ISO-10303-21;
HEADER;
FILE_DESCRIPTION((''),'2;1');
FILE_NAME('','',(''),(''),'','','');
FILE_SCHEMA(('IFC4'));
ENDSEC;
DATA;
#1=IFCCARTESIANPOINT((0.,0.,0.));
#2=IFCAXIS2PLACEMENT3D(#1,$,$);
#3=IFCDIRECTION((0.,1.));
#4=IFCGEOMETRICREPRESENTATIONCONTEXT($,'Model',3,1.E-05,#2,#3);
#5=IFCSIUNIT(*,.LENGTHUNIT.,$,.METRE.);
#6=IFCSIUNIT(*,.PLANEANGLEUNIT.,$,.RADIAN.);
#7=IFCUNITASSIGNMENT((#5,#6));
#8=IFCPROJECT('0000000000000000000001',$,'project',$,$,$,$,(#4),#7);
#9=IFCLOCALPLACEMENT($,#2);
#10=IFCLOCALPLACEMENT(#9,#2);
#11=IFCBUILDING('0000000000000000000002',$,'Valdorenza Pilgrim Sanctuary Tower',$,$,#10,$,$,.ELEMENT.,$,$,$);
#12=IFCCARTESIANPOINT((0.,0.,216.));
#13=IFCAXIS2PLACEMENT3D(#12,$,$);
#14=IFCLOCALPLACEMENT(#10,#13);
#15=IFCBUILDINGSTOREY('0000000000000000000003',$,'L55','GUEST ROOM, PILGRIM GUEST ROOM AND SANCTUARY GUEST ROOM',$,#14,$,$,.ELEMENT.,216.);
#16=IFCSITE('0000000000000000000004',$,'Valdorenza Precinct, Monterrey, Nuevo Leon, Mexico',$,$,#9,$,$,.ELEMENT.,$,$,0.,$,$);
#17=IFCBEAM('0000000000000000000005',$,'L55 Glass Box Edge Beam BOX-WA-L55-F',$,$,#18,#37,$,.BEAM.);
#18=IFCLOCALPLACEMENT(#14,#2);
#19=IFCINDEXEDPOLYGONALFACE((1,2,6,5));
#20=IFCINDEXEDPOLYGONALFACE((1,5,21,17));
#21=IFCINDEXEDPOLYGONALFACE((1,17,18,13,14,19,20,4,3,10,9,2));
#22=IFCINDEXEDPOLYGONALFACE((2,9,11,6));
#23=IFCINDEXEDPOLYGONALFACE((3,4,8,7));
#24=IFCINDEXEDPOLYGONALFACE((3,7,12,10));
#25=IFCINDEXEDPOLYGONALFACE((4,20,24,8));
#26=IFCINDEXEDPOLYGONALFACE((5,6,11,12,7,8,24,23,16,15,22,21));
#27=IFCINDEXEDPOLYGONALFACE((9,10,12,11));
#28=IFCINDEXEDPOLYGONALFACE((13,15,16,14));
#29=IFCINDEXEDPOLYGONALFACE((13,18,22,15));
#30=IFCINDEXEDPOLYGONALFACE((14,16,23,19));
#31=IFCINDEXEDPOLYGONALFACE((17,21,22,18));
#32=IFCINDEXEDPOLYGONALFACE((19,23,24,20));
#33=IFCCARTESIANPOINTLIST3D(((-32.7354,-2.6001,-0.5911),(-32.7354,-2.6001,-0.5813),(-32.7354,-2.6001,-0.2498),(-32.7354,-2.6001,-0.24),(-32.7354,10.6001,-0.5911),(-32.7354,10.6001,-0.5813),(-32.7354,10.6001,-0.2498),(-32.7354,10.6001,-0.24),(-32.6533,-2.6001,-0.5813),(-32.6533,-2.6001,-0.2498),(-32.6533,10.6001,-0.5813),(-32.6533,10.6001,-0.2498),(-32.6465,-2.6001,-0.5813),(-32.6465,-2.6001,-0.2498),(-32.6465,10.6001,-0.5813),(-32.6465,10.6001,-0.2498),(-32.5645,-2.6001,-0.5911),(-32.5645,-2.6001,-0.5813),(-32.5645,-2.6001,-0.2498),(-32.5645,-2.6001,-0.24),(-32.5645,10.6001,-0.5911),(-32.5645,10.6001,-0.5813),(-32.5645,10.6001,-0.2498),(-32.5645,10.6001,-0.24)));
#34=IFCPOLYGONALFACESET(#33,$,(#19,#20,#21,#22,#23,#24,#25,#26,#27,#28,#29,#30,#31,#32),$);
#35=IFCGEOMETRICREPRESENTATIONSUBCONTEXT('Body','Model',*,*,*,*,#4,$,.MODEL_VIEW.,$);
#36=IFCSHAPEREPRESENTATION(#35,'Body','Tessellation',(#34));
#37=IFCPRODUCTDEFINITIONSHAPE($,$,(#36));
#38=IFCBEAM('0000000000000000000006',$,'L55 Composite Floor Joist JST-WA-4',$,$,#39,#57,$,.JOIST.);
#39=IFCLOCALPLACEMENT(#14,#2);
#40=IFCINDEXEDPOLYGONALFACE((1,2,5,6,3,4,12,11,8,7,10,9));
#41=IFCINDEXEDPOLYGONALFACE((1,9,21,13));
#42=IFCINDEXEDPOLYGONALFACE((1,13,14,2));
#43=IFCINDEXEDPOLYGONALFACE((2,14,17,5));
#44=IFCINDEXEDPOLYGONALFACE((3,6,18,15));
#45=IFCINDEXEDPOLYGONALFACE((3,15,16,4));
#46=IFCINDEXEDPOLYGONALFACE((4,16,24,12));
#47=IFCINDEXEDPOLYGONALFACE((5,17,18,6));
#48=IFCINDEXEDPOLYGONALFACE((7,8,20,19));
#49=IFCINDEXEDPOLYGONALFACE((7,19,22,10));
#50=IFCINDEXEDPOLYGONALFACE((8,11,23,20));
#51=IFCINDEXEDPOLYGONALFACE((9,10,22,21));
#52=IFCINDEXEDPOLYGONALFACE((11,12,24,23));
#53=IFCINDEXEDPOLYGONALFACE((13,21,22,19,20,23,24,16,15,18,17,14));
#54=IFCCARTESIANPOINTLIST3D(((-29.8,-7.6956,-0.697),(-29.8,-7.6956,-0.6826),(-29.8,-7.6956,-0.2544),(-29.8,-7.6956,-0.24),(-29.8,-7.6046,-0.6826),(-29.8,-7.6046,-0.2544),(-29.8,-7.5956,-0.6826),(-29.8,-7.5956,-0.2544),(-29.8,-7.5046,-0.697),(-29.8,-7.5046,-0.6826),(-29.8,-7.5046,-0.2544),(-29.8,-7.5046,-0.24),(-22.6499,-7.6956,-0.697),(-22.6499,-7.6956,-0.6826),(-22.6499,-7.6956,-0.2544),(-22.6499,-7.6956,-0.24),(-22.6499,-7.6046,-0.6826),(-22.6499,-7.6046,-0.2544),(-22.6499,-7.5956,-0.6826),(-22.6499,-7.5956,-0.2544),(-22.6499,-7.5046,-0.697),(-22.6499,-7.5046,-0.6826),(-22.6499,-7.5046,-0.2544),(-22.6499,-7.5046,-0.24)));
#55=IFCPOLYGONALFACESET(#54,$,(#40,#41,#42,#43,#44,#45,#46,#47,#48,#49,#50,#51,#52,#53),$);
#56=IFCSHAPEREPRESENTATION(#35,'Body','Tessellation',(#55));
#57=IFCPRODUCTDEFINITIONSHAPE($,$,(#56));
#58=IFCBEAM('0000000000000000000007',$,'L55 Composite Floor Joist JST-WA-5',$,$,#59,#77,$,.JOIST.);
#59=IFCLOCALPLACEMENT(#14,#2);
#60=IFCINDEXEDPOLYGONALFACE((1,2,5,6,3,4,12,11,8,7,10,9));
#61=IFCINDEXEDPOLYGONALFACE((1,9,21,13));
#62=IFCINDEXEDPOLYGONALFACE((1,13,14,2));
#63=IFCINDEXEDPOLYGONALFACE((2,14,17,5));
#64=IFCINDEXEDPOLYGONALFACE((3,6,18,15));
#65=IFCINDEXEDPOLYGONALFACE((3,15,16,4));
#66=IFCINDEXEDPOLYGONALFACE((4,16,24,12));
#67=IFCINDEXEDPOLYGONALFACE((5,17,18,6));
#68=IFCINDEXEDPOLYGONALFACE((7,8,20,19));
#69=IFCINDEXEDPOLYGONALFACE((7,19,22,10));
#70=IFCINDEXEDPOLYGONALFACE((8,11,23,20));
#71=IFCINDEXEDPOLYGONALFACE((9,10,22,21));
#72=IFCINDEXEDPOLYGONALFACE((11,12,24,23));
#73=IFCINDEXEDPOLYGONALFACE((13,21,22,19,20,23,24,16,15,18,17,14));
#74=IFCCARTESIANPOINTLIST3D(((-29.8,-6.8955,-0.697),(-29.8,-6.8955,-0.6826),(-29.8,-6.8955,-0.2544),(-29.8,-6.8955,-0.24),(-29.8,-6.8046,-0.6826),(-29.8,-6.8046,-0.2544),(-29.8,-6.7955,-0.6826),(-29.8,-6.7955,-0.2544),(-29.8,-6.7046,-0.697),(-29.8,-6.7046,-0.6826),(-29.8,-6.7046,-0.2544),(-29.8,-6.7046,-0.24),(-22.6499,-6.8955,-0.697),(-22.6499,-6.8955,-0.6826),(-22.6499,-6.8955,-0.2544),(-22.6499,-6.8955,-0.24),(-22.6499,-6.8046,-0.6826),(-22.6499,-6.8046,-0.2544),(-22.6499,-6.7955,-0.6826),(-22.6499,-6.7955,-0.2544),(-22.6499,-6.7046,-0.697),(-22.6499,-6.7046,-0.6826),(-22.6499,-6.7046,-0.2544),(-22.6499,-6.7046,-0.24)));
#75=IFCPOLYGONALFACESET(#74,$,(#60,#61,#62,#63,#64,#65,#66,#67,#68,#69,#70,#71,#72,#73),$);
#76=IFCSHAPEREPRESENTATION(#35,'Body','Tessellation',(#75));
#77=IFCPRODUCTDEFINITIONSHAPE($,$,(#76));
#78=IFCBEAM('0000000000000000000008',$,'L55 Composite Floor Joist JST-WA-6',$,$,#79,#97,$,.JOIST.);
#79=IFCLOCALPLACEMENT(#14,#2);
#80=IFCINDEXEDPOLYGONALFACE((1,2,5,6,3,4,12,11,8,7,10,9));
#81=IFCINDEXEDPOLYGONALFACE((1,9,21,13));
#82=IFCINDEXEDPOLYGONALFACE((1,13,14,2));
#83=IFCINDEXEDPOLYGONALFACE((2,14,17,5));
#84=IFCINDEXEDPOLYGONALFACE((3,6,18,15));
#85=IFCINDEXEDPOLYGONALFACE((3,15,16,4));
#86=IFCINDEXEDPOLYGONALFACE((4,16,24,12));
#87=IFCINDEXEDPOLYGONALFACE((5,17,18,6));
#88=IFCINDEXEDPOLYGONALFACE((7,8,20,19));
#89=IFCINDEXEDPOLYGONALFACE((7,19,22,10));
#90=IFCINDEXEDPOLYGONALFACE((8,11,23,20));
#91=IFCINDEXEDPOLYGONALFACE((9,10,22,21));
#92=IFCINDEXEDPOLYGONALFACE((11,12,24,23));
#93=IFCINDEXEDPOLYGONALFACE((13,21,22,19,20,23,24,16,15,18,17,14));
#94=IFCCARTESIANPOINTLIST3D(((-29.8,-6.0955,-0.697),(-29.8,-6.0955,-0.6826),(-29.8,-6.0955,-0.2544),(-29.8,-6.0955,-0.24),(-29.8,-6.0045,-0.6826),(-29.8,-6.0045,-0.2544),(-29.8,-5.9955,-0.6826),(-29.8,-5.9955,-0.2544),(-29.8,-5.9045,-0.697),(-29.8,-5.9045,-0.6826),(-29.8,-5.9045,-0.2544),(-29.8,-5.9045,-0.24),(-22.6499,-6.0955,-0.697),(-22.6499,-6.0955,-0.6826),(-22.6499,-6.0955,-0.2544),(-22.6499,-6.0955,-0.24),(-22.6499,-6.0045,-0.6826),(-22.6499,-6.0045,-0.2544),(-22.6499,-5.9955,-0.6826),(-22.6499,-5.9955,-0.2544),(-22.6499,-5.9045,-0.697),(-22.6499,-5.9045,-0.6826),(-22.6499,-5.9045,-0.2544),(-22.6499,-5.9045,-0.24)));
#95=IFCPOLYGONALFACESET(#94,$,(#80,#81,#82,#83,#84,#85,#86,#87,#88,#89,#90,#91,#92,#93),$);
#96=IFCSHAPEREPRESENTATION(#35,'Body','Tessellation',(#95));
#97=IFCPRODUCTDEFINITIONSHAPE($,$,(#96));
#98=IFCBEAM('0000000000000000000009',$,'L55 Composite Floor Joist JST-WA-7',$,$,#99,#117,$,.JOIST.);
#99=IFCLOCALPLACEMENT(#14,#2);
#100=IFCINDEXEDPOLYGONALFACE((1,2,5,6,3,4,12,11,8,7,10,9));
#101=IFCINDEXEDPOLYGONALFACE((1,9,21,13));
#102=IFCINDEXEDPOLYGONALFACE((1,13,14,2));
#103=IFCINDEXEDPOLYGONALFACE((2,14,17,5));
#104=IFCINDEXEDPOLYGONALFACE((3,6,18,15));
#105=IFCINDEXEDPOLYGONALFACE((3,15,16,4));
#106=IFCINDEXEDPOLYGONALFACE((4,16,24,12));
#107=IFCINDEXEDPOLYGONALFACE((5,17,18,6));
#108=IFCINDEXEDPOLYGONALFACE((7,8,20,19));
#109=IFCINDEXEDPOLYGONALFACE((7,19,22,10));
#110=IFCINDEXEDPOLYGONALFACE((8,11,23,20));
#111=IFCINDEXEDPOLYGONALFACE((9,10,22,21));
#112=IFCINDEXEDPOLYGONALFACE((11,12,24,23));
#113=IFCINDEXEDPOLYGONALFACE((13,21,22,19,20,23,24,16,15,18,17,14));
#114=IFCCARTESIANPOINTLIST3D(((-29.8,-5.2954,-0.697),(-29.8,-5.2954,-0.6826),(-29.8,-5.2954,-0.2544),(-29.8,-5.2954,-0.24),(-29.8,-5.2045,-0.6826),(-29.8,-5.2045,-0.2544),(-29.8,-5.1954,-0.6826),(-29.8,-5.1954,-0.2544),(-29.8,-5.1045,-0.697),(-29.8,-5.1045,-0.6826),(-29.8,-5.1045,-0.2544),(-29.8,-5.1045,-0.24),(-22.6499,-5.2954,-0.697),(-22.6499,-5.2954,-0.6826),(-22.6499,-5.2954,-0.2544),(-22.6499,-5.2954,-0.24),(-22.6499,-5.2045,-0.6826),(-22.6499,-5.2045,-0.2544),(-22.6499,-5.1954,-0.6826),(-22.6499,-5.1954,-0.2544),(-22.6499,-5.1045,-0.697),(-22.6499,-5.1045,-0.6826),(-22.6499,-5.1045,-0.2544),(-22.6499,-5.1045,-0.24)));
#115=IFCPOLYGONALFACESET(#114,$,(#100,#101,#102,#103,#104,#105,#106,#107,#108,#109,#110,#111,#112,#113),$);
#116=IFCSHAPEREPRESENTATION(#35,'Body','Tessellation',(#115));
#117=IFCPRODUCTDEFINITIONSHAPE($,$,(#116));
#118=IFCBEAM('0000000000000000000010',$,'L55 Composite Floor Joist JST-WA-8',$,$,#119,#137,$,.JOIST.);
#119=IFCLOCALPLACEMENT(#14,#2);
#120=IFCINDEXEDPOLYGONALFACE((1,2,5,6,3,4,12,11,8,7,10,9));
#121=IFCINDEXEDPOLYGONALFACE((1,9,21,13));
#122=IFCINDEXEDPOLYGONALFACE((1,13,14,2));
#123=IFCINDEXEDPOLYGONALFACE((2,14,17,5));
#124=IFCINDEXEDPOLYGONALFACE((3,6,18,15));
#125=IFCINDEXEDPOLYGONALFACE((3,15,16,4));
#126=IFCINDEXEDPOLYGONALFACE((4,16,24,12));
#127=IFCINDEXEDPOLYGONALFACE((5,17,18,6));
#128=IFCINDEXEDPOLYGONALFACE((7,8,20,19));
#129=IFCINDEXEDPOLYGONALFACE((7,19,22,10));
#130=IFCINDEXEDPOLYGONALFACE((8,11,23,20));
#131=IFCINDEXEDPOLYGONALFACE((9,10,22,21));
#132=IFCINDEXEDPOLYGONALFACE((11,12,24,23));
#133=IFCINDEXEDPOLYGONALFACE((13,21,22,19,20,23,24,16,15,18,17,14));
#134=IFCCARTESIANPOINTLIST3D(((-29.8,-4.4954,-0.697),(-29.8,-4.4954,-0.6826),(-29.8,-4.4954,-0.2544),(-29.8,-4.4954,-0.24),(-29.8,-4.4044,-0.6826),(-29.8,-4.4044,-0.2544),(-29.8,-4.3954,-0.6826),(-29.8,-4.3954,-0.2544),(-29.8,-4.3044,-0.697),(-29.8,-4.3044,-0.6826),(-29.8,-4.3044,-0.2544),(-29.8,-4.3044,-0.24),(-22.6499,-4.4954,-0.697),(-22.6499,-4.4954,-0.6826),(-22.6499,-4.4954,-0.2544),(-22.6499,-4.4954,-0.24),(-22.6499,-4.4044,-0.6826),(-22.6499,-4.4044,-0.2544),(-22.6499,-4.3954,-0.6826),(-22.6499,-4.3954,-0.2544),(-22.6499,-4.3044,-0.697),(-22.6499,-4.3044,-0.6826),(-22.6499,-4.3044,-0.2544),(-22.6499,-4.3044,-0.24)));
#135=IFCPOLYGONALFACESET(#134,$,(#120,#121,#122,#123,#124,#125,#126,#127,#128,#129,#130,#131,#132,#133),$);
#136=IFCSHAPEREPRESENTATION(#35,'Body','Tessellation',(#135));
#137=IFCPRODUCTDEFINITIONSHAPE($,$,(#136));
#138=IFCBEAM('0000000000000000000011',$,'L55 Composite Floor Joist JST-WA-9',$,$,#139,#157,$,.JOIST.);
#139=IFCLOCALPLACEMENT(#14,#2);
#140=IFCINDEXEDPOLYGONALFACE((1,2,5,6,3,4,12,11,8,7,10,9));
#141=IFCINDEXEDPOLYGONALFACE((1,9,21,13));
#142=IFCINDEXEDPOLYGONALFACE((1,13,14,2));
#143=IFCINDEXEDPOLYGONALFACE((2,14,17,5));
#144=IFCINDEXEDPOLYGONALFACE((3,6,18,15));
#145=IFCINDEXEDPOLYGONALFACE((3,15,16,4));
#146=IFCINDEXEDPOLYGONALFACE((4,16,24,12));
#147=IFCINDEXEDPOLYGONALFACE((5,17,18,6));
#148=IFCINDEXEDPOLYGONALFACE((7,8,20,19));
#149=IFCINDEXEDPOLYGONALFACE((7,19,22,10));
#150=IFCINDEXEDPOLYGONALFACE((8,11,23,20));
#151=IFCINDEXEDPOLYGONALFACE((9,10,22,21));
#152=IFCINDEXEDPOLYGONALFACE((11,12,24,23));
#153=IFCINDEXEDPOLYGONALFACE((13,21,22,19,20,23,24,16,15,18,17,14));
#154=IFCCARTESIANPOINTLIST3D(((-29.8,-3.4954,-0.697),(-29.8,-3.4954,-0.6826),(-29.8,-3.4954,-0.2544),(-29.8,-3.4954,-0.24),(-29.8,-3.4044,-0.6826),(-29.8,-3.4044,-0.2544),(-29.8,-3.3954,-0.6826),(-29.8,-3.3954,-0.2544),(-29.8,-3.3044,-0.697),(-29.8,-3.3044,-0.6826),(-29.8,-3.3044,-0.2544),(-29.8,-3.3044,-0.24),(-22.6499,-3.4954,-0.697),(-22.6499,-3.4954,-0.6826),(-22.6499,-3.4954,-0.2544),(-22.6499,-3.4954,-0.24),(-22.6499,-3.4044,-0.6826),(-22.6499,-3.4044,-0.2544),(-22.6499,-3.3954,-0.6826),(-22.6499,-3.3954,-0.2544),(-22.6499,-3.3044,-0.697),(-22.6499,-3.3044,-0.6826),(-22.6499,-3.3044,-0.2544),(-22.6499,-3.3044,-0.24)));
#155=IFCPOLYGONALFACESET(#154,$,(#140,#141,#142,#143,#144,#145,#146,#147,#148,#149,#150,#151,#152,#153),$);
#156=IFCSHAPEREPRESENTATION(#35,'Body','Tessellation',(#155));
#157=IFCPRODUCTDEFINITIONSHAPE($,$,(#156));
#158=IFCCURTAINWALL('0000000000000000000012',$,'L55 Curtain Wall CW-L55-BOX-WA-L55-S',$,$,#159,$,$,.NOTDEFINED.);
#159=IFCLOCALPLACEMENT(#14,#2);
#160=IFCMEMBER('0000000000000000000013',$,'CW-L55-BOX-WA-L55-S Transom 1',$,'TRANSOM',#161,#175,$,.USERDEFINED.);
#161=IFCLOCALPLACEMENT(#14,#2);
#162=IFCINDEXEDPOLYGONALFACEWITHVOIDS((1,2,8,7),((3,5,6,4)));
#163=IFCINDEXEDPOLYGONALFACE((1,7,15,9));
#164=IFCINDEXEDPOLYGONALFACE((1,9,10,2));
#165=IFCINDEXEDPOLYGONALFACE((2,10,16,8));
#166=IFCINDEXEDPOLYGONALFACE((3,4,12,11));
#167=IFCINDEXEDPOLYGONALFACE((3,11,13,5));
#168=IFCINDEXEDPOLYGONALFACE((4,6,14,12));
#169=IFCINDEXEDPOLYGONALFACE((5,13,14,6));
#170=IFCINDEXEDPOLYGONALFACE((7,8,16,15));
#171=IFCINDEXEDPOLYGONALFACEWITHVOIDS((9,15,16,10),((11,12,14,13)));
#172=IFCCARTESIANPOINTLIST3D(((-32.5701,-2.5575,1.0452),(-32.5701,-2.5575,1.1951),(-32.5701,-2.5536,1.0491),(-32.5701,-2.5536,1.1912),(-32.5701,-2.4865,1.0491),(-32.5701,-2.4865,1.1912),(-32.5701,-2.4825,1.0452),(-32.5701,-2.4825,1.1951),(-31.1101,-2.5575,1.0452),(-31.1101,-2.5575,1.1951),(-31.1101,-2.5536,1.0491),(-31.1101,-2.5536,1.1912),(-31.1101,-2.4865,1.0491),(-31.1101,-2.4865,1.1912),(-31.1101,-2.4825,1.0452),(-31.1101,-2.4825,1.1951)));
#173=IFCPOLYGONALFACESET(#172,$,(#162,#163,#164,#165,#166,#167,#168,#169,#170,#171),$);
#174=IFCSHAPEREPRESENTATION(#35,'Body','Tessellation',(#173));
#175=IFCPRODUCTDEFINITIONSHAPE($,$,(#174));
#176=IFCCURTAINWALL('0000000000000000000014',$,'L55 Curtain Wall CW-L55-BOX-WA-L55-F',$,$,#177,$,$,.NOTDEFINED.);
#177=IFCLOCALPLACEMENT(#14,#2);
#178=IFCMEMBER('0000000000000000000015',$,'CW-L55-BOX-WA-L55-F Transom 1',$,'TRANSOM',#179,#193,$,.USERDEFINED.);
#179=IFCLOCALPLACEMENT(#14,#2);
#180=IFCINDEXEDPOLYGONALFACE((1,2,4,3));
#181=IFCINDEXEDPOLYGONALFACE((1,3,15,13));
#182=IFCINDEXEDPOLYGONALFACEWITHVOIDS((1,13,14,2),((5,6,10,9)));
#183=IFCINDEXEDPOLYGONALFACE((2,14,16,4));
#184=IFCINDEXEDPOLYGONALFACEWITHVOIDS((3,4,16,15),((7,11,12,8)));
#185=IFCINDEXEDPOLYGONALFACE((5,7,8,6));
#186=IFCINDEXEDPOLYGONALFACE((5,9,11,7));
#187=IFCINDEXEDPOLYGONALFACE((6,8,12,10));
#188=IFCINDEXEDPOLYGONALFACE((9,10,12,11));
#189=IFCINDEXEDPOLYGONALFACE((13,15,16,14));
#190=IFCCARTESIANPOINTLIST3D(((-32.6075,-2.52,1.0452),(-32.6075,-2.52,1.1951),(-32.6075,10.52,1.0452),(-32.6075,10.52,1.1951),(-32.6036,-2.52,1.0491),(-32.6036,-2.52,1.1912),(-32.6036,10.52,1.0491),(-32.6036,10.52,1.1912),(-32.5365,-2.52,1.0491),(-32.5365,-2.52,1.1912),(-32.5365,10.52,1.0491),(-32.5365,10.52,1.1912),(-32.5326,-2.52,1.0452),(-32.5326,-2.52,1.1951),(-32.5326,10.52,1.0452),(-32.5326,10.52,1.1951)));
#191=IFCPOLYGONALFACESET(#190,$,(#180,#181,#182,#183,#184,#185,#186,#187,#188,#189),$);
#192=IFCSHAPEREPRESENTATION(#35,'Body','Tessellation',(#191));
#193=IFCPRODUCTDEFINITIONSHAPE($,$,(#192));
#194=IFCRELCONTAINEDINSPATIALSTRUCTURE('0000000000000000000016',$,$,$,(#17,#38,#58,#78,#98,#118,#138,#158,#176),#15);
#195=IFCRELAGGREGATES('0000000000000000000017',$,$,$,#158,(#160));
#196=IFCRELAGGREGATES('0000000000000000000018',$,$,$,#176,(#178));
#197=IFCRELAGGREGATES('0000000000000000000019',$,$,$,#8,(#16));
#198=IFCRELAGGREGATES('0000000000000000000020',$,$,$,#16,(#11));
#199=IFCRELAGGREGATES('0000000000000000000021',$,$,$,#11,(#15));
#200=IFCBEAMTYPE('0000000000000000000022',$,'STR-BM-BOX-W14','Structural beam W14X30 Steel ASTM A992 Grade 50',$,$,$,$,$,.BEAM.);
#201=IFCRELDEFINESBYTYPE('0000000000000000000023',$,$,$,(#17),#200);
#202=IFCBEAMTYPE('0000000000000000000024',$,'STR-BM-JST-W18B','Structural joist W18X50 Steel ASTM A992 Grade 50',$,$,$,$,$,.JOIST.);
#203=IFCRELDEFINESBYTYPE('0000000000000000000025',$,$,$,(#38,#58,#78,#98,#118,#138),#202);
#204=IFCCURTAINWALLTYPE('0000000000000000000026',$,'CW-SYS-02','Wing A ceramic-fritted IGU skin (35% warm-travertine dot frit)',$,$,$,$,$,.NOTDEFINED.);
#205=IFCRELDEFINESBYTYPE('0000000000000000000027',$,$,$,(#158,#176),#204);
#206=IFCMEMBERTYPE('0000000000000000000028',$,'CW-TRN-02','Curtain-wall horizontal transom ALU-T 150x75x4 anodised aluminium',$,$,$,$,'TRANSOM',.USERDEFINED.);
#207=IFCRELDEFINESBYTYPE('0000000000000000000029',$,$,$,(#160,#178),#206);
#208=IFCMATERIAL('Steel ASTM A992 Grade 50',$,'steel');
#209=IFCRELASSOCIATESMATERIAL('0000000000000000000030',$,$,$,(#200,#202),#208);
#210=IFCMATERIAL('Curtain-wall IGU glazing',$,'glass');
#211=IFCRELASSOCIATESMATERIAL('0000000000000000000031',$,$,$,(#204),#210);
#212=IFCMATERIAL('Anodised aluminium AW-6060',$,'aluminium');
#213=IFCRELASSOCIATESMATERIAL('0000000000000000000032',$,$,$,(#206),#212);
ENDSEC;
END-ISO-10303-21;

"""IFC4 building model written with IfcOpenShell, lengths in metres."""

from ifc_helpers import new_model, si_unit, direction, frame, origin, origin_2d, place, context, subcontext, project, spatial, hollow_rectangle, i_section, extrude, source, transform, mapped, material, material_profile, profile_set, type_object, element, aggregate, save


model = new_model("IFC4")

# Units and contexts
model_context = context("Model", 3, precision=1e-05, world=origin(), true_north=direction((0.0, 1.0)))
body_context = subcontext(model_context, "Body", "Model", "MODEL_VIEW")
ifc_project = project(units=[si_unit("LENGTHUNIT", "METRE"), si_unit("PLANEANGLEUNIT", "RADIAN")], contexts=[model_context])

# Site, building, storey
site_placement = place(None, origin())
site = spatial("IfcSite", under=ifc_project, at=site_placement, Name="Valdorenza Precinct, Monterrey, Nuevo Leon, Mexico", CompositionType="ELEMENT", RefElevation=0.0)
building_placement = place(site_placement, origin())
building = spatial("IfcBuilding", under=site, at=building_placement, Name="Valdorenza Pilgrim Sanctuary Tower", CompositionType="ELEMENT")
storey_placement = place(building_placement, frame((0.0, 0.0, 216.0)))
storey = spatial("IfcBuildingStorey", under=building, at=storey_placement, Name="L55", Description="GUEST ROOM, PILGRIM GUEST ROOM AND SANCTUARY GUEST ROOM", CompositionType="ELEMENT", Elevation=216.0)

# Beams
ifc_material_1 = material(Name="Steel ASTM A992 Grade 50", Category="steel")
ifc_material_profile_1 = material_profile(ifc_material_1, i_section(OverallWidth=0.1709, OverallDepth=0.3511, WebThickness=0.0068, FlangeThickness=0.0098, at=origin_2d()), Name="W14X30")
ifc_profile_set_1 = profile_set([ifc_material_profile_1], Name="Steel ASTM A992 Grade 50")
beam_type_1 = type_object("IfcBeamType", Name="STR-BM-BOX-W14", Description="Structural beam W14X30 Steel ASTM A992 Grade 50", PredefinedType="BEAM", material=ifc_profile_set_1)
shared_shape_1 = source(origin(), body_context, "Body", "SweptSolid", [
    extrude(i_section(OverallWidth=0.1709, OverallDepth=0.3511, WebThickness=0.0068, FlangeThickness=0.0098, at=origin_2d()), origin(), (0.0, 0.0, 1.0), 13.2002),
])
beam_placement = place(storey_placement, frame((-32.6499, -2.6001, -0.4155), z_axis=(0.0, 1.0, 0.0), x_axis=(-1.0, 0.0, 0.0)))
element("IfcBeam", 1, at=beam_placement, inside=storey, type_object=beam_type_1, Name="L55 Glass Box Edge Beam BOX-WA-L55-F", PredefinedType="BEAM", context=body_context, shape_type="MappedRepresentation", body=[
    mapped(shared_shape_1, transform((0.0, 0.0, 0.0), x_axis=(1.0, 0.0, 0.0), y_axis=(0.0, 1.0, 0.0), z_axis=(0.0, 0.0, 1.0), scale=1.0)),
])
ifc_material_profile_2 = material_profile(ifc_material_1, i_section(OverallWidth=0.1909, OverallDepth=0.457, WebThickness=0.009, FlangeThickness=0.0144, at=origin_2d()), Name="W18X50")
ifc_profile_set_2 = profile_set([ifc_material_profile_2], Name="Steel ASTM A992 Grade 50")
beam_type_2 = type_object("IfcBeamType", Name="STR-BM-JST-W18B", Description="Structural joist W18X50 Steel ASTM A992 Grade 50", PredefinedType="JOIST", material=ifc_profile_set_2)
shared_shape_2 = source(origin(), body_context, "Body", "SweptSolid", [
    extrude(i_section(OverallWidth=0.1909, OverallDepth=0.457, WebThickness=0.009, FlangeThickness=0.0144, at=origin_2d()), origin(), (0.0, 0.0, 1.0), 7.1501),
])
for number, where, z_axis, x_axis, name in (
    (2, (-29.8, -7.6001, -0.4685), (1.0, 0.0, 0.0), (0.0, 1.0, 0.0), "L55 Composite Floor Joist JST-WA-4"),
    (3, (-29.8, -6.8, -0.4685), (1.0, 0.0, 0.0), (0.0, 1.0, 0.0), "L55 Composite Floor Joist JST-WA-5"),
    (4, (-29.8, -6.0, -0.4685), (1.0, 0.0, 0.0), (0.0, 1.0, 0.0), "L55 Composite Floor Joist JST-WA-6"),
    (5, (-29.8, -5.2, -0.4685), (1.0, 0.0, 0.0), (0.0, 1.0, 0.0), "L55 Composite Floor Joist JST-WA-7"),
    (6, (-29.8, -4.3999, -0.4685), (1.0, 0.0, 0.0), (0.0, 1.0, 0.0), "L55 Composite Floor Joist JST-WA-8"),
    (7, (-29.8, -3.3999, -0.4685), (1.0, 0.0, 0.0), (0.0, 1.0, 0.0), "L55 Composite Floor Joist JST-WA-9"),
):
    element("IfcBeam", number, at=place(storey_placement, frame(where, z_axis=z_axis, x_axis=x_axis)), inside=storey, type_object=beam_type_2, Name=name, PredefinedType="JOIST", context=body_context, shape_type="MappedRepresentation", body=[
        mapped(shared_shape_2, transform((0.0, 0.0, 0.0), x_axis=(1.0, 0.0, 0.0), y_axis=(0.0, 1.0, 0.0), z_axis=(0.0, 0.0, 1.0), scale=1.0)),
    ])

# Curtain walls, members
ifc_material_2 = material(Name="Curtain-wall IGU glazing", Category="glass")
curtain_wall_type = type_object("IfcCurtainWallType", Name="CW-SYS-02", Description="Wing A ceramic-fritted IGU skin (35% warm-travertine dot frit)", PredefinedType="NOTDEFINED", material=ifc_material_2)
curtain_wall_1_placement = place(storey_placement, origin())
curtain_wall_1 = element("IfcCurtainWall", 8, at=curtain_wall_1_placement, inside=storey, type_object=curtain_wall_type, Name="L55 Curtain Wall CW-L55-BOX-WA-L55-S", PredefinedType="NOTDEFINED")
ifc_material_3 = material(Name="Anodised aluminium AW-6060", Category="aluminium")
ifc_material_profile_3 = material_profile(ifc_material_3, hollow_rectangle(XDim=0.075, YDim=0.1499, WallThickness=0.0039, at=origin_2d()), Name="ALU-T 150x75x4")
ifc_profile_set_3 = profile_set([ifc_material_profile_3], Name="Anodised aluminium AW-6060")
member_type_1 = type_object("IfcMemberType", Name="CW-TRN-02", Description="Curtain-wall horizontal transom ALU-T 150x75x4 anodised aluminium", ElementType="TRANSOM", PredefinedType="USERDEFINED", material=ifc_profile_set_3)
shared_shape_3 = source(origin(), body_context, "Body", "SweptSolid", [
    extrude(hollow_rectangle(XDim=0.075, YDim=0.1499, WallThickness=0.0039, at=origin_2d()), origin(), (0.0, 0.0, 1.0), 1.46),
])
member_1_placement = place(storey_placement, frame((-31.1101, -2.52, 1.1201), z_axis=(-1.0, 0.0, 0.0), x_axis=(0.0, -1.0, 0.0)))
member_1 = element("IfcMember", 9, at=member_1_placement, type_object=member_type_1, Name="CW-L55-BOX-WA-L55-S Transom 1", ObjectType="TRANSOM", PredefinedType="USERDEFINED", context=body_context, shape_type="MappedRepresentation", body=[
    mapped(shared_shape_3, transform((0.0, 0.0, 0.0), x_axis=(1.0, 0.0, 0.0), y_axis=(0.0, 1.0, 0.0), z_axis=(0.0, 0.0, 1.0), scale=1.0)),
])
curtain_wall_2_placement = place(storey_placement, origin())
curtain_wall_2 = element("IfcCurtainWall", 10, at=curtain_wall_2_placement, inside=storey, type_object=curtain_wall_type, Name="L55 Curtain Wall CW-L55-BOX-WA-L55-F", PredefinedType="NOTDEFINED")
shared_shape_4 = source(origin(), body_context, "Body", "SweptSolid", [
    extrude(hollow_rectangle(XDim=0.075, YDim=0.1499, WallThickness=0.0039, at=origin_2d()), origin(), (0.0, 0.0, 1.0), 13.04),
])
member_2_placement = place(storey_placement, frame((-32.5701, -2.52, 1.1201), z_axis=(0.0, 1.0, 0.0), x_axis=(-1.0, 0.0, 0.0)))
member_2 = element("IfcMember", 11, at=member_2_placement, type_object=member_type_1, Name="CW-L55-BOX-WA-L55-F Transom 1", ObjectType="TRANSOM", PredefinedType="USERDEFINED", context=body_context, shape_type="MappedRepresentation", body=[
    mapped(shared_shape_4, transform((0.0, 0.0, 0.0), x_axis=(1.0, 0.0, 0.0), y_axis=(0.0, 1.0, 0.0), z_axis=(0.0, 0.0, 1.0), scale=1.0)),
])

aggregate(curtain_wall_1, [member_1])
aggregate(curtain_wall_2, [member_2])

save(model, "model.ifc")
